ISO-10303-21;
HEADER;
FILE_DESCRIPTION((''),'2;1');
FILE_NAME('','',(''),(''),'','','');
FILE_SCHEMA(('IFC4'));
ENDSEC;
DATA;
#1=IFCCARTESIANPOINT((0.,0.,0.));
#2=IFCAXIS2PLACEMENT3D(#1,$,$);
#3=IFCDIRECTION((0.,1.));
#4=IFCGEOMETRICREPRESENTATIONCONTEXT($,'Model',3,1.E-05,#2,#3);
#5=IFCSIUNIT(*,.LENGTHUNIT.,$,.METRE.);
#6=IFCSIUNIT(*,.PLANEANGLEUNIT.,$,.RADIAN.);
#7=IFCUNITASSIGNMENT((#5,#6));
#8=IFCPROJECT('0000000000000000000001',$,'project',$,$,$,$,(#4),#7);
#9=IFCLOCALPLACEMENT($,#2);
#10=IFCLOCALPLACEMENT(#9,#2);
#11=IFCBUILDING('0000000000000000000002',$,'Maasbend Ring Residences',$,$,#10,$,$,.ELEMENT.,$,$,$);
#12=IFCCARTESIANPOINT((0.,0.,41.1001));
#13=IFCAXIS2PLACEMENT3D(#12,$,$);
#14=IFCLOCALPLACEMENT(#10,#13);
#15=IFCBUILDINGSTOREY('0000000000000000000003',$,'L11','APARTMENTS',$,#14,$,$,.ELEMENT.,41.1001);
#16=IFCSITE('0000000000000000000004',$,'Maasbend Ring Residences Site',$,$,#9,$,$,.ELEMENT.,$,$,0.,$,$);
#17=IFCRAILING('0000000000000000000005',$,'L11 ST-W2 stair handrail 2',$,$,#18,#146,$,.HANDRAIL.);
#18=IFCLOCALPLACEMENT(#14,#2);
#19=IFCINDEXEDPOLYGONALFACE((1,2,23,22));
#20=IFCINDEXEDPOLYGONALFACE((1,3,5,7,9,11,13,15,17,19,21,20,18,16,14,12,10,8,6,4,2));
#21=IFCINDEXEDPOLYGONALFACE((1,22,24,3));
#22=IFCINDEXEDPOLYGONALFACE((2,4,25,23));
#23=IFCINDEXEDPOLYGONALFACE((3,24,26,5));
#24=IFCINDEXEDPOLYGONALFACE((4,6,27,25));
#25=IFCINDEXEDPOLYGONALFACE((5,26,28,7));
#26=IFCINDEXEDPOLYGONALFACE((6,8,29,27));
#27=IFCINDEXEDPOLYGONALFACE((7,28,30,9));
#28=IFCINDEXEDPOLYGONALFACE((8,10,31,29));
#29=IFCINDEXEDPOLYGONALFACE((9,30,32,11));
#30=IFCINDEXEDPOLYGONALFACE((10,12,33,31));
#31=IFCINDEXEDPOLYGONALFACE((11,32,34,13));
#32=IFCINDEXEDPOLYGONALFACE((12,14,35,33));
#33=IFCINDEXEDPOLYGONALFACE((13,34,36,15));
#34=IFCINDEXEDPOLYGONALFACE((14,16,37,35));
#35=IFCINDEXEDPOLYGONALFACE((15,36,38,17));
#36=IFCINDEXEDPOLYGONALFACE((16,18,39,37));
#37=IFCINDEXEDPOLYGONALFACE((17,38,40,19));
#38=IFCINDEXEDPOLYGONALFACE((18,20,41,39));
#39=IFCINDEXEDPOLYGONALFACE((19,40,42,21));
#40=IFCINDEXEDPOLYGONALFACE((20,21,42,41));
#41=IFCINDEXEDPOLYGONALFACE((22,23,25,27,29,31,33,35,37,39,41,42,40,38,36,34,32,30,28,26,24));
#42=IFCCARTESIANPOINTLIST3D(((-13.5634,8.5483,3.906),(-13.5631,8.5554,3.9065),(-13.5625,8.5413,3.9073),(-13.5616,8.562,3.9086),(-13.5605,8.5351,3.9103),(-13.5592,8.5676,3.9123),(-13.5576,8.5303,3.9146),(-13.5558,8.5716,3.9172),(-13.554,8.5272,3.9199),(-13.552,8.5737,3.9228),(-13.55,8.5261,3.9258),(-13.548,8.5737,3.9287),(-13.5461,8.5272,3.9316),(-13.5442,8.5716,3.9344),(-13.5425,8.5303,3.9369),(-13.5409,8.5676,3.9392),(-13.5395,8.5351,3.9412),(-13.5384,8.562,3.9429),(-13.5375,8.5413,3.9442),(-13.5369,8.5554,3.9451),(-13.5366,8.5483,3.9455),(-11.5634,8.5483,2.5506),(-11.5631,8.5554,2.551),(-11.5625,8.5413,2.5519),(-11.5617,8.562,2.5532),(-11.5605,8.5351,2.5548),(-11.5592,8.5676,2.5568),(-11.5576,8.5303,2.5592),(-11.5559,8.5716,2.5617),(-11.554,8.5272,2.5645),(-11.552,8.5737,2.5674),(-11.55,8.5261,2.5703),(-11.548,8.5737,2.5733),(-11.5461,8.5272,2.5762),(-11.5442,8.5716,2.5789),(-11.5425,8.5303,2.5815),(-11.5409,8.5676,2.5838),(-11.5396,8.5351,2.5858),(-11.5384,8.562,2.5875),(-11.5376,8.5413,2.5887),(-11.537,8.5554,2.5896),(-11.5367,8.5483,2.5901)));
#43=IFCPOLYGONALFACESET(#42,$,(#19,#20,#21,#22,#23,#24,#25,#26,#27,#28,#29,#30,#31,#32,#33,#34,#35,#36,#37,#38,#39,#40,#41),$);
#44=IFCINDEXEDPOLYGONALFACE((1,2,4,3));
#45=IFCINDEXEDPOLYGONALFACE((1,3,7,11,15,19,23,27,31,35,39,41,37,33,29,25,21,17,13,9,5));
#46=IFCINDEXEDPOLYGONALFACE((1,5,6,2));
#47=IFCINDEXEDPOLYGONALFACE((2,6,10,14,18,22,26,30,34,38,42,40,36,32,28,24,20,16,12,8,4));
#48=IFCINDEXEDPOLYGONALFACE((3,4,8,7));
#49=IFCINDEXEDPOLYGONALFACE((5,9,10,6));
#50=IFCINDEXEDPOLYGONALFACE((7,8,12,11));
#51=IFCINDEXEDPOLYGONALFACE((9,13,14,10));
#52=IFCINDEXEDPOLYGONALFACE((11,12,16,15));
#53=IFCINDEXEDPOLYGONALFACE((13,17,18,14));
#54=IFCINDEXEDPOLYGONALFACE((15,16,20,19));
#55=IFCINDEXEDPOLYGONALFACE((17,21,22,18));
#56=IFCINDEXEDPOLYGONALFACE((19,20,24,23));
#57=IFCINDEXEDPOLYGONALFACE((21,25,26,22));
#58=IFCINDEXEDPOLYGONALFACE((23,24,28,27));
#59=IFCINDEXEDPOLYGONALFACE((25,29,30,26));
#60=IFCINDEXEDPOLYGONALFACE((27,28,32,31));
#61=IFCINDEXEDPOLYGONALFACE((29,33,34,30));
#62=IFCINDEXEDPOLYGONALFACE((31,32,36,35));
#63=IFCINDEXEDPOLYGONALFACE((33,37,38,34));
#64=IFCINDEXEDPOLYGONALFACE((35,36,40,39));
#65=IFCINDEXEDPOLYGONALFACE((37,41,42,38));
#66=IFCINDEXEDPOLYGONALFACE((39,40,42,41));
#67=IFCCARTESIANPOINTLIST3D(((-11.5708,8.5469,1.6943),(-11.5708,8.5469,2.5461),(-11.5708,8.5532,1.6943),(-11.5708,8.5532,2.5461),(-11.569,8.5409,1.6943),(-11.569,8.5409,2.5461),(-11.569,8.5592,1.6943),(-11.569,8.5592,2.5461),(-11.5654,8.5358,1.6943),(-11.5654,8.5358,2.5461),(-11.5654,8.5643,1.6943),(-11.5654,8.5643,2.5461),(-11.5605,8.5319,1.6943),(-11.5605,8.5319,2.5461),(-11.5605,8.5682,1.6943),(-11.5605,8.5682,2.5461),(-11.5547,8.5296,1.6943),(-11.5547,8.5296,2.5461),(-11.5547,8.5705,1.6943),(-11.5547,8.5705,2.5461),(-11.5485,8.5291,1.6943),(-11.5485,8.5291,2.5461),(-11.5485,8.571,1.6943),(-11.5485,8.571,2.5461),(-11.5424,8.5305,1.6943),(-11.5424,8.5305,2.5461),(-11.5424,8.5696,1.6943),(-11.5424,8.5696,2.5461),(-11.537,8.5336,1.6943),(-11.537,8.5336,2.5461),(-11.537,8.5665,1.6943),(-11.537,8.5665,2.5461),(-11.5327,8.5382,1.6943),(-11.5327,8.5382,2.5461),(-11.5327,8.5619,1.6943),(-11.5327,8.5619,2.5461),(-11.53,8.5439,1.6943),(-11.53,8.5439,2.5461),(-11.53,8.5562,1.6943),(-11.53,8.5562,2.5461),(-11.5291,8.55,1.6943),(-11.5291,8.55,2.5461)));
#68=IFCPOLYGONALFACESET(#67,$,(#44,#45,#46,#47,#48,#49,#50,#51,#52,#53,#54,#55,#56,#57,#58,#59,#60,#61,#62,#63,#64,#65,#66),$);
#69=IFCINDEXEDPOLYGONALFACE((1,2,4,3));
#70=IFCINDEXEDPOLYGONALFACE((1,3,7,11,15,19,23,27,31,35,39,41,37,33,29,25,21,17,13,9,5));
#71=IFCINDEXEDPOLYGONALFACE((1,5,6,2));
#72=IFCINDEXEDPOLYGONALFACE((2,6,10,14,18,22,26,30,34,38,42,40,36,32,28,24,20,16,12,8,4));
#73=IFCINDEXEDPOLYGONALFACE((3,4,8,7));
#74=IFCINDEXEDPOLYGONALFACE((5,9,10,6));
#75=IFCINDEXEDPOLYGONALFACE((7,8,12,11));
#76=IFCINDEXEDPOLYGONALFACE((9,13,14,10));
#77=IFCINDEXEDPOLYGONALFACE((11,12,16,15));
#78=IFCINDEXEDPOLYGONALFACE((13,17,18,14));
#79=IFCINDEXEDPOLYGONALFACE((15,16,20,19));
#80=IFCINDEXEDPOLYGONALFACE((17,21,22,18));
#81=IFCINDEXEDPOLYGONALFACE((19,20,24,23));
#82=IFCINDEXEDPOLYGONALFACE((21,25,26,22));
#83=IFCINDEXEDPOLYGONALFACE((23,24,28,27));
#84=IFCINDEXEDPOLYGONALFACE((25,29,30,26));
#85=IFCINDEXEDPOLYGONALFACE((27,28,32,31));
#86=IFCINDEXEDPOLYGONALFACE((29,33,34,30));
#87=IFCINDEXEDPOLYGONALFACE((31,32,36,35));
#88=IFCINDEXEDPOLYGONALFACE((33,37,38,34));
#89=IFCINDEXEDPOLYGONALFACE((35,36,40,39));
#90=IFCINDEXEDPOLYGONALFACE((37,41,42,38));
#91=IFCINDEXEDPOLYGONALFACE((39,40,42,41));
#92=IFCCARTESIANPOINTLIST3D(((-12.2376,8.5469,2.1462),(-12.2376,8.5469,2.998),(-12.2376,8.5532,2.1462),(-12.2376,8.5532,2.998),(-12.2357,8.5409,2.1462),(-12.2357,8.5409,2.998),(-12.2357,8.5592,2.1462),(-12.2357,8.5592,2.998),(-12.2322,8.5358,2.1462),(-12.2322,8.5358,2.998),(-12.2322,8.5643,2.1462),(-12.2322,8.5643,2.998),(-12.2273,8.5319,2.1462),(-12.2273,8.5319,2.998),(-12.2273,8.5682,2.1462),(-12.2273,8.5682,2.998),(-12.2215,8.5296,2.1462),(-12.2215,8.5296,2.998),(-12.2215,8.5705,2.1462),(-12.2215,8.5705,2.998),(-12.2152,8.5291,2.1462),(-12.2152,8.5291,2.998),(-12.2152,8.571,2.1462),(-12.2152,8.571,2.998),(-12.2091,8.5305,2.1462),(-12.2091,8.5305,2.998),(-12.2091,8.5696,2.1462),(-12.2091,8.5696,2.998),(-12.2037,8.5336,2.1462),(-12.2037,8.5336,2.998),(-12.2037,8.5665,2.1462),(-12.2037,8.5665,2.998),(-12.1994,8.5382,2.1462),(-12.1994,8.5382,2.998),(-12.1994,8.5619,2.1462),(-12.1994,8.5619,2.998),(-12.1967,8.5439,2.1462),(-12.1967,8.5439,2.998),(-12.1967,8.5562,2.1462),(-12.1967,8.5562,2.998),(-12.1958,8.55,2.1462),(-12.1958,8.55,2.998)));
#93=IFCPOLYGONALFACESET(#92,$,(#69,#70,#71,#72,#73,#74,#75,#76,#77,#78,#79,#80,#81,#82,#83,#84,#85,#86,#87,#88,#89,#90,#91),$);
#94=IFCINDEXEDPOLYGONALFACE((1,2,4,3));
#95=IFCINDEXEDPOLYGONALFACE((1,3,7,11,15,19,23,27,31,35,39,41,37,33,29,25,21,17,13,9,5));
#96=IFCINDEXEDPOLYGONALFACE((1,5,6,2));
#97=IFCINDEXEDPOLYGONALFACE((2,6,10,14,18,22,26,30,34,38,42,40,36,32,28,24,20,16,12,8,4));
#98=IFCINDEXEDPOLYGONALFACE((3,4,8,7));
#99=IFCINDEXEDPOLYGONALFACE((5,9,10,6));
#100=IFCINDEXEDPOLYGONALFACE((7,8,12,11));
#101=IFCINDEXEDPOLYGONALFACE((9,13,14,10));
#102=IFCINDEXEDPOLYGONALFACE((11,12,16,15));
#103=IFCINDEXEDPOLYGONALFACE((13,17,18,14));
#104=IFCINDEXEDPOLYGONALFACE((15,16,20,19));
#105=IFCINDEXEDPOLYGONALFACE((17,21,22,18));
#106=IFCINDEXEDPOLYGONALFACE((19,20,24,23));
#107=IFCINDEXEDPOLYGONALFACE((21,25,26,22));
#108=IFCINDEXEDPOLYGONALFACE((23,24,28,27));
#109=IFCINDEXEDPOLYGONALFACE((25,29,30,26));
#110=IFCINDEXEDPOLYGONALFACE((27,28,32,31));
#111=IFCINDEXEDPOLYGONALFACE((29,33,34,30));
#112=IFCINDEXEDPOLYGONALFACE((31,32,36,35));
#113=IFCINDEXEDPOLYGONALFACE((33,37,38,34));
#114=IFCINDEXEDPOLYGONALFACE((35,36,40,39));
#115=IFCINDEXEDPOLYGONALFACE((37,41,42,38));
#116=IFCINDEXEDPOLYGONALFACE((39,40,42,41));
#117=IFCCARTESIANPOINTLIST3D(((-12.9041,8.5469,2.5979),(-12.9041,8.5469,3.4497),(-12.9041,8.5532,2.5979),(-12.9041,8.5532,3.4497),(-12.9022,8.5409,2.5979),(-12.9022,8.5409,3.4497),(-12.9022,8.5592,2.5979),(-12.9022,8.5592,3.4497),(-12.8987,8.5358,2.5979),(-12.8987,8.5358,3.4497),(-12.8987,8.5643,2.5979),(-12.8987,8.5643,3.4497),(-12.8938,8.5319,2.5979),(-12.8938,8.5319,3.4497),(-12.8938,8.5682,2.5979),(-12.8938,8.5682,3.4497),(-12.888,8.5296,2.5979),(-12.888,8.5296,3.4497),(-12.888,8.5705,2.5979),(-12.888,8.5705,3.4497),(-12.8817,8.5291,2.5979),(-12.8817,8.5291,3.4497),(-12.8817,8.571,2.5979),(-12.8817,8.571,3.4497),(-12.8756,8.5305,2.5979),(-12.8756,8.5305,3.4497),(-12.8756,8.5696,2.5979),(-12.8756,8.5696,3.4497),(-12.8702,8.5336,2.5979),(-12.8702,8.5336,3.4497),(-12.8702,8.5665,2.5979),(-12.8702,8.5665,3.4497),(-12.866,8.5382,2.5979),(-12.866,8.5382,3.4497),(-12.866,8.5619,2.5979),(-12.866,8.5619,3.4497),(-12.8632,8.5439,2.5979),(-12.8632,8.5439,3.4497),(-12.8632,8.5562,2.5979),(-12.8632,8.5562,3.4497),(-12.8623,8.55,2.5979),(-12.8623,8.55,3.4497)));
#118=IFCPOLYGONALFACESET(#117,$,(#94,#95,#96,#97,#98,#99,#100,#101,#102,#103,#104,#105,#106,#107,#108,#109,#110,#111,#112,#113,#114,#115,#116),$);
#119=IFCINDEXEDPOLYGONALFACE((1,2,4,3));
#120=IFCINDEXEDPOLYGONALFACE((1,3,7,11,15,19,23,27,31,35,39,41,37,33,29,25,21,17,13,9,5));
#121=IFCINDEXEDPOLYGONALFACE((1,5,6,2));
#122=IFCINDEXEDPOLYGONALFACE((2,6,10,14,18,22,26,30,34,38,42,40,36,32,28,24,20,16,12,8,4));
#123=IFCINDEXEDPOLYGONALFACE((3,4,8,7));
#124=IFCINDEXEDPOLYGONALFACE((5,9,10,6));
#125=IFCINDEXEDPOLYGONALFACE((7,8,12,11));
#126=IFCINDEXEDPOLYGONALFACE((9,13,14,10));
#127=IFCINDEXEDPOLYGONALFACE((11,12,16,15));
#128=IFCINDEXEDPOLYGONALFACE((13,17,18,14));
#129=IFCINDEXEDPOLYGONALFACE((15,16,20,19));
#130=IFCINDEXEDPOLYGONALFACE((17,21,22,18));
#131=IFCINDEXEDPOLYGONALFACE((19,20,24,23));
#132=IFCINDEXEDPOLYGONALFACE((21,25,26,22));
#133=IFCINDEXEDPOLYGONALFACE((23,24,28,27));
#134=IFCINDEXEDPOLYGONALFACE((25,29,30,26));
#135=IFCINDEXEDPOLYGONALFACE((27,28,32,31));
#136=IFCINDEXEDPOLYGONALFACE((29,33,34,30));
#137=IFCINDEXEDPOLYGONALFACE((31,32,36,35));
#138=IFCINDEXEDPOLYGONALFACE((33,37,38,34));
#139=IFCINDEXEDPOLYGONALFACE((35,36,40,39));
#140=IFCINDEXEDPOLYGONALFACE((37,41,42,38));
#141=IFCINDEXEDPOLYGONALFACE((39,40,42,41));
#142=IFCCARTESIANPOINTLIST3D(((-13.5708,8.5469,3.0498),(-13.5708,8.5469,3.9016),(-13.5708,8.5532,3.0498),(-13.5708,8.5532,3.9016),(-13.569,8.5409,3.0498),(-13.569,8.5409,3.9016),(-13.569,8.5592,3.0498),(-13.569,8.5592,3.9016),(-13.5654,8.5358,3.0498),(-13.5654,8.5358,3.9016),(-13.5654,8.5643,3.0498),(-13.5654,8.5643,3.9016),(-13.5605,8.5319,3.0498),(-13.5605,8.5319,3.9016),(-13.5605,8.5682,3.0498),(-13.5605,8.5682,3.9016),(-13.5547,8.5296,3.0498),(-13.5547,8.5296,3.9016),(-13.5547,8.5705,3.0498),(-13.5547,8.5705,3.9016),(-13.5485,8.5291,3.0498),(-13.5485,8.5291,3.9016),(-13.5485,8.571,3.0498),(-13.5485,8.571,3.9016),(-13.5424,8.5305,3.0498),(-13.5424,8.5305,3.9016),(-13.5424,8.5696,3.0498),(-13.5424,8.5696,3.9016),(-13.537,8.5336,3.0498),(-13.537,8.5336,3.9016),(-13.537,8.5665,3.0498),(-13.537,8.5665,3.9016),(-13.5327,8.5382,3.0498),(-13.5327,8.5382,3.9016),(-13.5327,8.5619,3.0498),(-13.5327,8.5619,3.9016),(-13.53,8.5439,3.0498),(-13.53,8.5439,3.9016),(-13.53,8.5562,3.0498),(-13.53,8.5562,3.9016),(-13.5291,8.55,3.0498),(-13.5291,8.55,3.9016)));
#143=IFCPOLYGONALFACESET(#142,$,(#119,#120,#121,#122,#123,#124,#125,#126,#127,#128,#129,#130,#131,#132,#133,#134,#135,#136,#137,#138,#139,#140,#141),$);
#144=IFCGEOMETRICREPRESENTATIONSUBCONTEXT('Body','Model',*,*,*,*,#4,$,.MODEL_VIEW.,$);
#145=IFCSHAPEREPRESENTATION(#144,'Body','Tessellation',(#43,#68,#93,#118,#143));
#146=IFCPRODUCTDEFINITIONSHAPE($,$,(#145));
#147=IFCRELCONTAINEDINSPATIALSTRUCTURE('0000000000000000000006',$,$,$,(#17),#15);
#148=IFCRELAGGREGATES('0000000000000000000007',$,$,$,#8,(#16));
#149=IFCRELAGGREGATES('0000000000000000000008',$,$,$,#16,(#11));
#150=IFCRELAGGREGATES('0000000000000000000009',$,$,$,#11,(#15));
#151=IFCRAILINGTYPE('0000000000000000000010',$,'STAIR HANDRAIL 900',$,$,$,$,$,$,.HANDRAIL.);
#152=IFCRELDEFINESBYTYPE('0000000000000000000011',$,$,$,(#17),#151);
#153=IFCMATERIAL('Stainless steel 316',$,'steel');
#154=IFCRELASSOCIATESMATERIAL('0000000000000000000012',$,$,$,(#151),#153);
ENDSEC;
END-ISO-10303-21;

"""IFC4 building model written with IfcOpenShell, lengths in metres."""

from ifc_helpers import new_model, si_unit, direction, frame, origin, origin_2d, place, context, subcontext, project, spatial, circle, extrude, material, type_object, element, save


model = new_model("IFC4")

# Units and contexts
model_context = context("Model", 3, precision=1e-05, world=origin(), true_north=direction((0.0, 1.0)))
body_context = subcontext(model_context, "Body", "Model", "MODEL_VIEW")
ifc_project = project(units=[si_unit("LENGTHUNIT", "METRE"), si_unit("PLANEANGLEUNIT", "RADIAN")], contexts=[model_context])

# Site, building, storey
site_placement = place(None, origin())
site = spatial("IfcSite", under=ifc_project, at=site_placement, Name="Maasbend Ring Residences Site", CompositionType="ELEMENT", RefElevation=0.0)
building_placement = place(site_placement, origin())
building = spatial("IfcBuilding", under=site, at=building_placement, Name="Maasbend Ring Residences", CompositionType="ELEMENT")
storey_placement = place(building_placement, frame((0.0, 0.0, 41.1001)))
storey = spatial("IfcBuildingStorey", under=building, at=storey_placement, Name="L11", Description="APARTMENTS", CompositionType="ELEMENT", Elevation=41.1001)

# Railing
ifc_material_1 = material(Name="Stainless steel 316", Category="steel")
railing_type_1 = type_object("IfcRailingType", Name="STAIR HANDRAIL 900", PredefinedType="HANDRAIL", material=ifc_material_1)
railing_1_placement = place(storey_placement, frame((-11.55, 8.55, 1.6943)))
element("IfcRailing", 1, at=railing_1_placement, inside=storey, type_object=railing_type_1, Name="L11 ST-W2 stair handrail 2", PredefinedType="HANDRAIL", context=body_context, shape_type="SweptSolid", body=[
    extrude(circle(Radius=0.0239, at=origin_2d()), frame((0.0, 0.0, 0.876), z_axis=(-0.827798, 0.0, 0.561027), x_axis=(0.0, -1.0, 0.0)), (0.0, 0.0, 1.0), 2.416),
    extrude(circle(Radius=0.021, at=origin_2d()), origin(), (0.0, 0.0, 1.0), 0.8518),
    extrude(circle(Radius=0.021, at=origin_2d()), frame((-0.6667, 0.0, 0.4519)), (0.0, 0.0, 1.0), 0.8518),
    extrude(circle(Radius=0.021, at=origin_2d()), frame((-1.3333, 0.0, 0.9036)), (0.0, 0.0, 1.0), 0.8518),
    extrude(circle(Radius=0.021, at=origin_2d()), frame((-2.0, 0.0, 1.3555)), (0.0, 0.0, 1.0), 0.8518),
])

save(model, "model.ifc")
